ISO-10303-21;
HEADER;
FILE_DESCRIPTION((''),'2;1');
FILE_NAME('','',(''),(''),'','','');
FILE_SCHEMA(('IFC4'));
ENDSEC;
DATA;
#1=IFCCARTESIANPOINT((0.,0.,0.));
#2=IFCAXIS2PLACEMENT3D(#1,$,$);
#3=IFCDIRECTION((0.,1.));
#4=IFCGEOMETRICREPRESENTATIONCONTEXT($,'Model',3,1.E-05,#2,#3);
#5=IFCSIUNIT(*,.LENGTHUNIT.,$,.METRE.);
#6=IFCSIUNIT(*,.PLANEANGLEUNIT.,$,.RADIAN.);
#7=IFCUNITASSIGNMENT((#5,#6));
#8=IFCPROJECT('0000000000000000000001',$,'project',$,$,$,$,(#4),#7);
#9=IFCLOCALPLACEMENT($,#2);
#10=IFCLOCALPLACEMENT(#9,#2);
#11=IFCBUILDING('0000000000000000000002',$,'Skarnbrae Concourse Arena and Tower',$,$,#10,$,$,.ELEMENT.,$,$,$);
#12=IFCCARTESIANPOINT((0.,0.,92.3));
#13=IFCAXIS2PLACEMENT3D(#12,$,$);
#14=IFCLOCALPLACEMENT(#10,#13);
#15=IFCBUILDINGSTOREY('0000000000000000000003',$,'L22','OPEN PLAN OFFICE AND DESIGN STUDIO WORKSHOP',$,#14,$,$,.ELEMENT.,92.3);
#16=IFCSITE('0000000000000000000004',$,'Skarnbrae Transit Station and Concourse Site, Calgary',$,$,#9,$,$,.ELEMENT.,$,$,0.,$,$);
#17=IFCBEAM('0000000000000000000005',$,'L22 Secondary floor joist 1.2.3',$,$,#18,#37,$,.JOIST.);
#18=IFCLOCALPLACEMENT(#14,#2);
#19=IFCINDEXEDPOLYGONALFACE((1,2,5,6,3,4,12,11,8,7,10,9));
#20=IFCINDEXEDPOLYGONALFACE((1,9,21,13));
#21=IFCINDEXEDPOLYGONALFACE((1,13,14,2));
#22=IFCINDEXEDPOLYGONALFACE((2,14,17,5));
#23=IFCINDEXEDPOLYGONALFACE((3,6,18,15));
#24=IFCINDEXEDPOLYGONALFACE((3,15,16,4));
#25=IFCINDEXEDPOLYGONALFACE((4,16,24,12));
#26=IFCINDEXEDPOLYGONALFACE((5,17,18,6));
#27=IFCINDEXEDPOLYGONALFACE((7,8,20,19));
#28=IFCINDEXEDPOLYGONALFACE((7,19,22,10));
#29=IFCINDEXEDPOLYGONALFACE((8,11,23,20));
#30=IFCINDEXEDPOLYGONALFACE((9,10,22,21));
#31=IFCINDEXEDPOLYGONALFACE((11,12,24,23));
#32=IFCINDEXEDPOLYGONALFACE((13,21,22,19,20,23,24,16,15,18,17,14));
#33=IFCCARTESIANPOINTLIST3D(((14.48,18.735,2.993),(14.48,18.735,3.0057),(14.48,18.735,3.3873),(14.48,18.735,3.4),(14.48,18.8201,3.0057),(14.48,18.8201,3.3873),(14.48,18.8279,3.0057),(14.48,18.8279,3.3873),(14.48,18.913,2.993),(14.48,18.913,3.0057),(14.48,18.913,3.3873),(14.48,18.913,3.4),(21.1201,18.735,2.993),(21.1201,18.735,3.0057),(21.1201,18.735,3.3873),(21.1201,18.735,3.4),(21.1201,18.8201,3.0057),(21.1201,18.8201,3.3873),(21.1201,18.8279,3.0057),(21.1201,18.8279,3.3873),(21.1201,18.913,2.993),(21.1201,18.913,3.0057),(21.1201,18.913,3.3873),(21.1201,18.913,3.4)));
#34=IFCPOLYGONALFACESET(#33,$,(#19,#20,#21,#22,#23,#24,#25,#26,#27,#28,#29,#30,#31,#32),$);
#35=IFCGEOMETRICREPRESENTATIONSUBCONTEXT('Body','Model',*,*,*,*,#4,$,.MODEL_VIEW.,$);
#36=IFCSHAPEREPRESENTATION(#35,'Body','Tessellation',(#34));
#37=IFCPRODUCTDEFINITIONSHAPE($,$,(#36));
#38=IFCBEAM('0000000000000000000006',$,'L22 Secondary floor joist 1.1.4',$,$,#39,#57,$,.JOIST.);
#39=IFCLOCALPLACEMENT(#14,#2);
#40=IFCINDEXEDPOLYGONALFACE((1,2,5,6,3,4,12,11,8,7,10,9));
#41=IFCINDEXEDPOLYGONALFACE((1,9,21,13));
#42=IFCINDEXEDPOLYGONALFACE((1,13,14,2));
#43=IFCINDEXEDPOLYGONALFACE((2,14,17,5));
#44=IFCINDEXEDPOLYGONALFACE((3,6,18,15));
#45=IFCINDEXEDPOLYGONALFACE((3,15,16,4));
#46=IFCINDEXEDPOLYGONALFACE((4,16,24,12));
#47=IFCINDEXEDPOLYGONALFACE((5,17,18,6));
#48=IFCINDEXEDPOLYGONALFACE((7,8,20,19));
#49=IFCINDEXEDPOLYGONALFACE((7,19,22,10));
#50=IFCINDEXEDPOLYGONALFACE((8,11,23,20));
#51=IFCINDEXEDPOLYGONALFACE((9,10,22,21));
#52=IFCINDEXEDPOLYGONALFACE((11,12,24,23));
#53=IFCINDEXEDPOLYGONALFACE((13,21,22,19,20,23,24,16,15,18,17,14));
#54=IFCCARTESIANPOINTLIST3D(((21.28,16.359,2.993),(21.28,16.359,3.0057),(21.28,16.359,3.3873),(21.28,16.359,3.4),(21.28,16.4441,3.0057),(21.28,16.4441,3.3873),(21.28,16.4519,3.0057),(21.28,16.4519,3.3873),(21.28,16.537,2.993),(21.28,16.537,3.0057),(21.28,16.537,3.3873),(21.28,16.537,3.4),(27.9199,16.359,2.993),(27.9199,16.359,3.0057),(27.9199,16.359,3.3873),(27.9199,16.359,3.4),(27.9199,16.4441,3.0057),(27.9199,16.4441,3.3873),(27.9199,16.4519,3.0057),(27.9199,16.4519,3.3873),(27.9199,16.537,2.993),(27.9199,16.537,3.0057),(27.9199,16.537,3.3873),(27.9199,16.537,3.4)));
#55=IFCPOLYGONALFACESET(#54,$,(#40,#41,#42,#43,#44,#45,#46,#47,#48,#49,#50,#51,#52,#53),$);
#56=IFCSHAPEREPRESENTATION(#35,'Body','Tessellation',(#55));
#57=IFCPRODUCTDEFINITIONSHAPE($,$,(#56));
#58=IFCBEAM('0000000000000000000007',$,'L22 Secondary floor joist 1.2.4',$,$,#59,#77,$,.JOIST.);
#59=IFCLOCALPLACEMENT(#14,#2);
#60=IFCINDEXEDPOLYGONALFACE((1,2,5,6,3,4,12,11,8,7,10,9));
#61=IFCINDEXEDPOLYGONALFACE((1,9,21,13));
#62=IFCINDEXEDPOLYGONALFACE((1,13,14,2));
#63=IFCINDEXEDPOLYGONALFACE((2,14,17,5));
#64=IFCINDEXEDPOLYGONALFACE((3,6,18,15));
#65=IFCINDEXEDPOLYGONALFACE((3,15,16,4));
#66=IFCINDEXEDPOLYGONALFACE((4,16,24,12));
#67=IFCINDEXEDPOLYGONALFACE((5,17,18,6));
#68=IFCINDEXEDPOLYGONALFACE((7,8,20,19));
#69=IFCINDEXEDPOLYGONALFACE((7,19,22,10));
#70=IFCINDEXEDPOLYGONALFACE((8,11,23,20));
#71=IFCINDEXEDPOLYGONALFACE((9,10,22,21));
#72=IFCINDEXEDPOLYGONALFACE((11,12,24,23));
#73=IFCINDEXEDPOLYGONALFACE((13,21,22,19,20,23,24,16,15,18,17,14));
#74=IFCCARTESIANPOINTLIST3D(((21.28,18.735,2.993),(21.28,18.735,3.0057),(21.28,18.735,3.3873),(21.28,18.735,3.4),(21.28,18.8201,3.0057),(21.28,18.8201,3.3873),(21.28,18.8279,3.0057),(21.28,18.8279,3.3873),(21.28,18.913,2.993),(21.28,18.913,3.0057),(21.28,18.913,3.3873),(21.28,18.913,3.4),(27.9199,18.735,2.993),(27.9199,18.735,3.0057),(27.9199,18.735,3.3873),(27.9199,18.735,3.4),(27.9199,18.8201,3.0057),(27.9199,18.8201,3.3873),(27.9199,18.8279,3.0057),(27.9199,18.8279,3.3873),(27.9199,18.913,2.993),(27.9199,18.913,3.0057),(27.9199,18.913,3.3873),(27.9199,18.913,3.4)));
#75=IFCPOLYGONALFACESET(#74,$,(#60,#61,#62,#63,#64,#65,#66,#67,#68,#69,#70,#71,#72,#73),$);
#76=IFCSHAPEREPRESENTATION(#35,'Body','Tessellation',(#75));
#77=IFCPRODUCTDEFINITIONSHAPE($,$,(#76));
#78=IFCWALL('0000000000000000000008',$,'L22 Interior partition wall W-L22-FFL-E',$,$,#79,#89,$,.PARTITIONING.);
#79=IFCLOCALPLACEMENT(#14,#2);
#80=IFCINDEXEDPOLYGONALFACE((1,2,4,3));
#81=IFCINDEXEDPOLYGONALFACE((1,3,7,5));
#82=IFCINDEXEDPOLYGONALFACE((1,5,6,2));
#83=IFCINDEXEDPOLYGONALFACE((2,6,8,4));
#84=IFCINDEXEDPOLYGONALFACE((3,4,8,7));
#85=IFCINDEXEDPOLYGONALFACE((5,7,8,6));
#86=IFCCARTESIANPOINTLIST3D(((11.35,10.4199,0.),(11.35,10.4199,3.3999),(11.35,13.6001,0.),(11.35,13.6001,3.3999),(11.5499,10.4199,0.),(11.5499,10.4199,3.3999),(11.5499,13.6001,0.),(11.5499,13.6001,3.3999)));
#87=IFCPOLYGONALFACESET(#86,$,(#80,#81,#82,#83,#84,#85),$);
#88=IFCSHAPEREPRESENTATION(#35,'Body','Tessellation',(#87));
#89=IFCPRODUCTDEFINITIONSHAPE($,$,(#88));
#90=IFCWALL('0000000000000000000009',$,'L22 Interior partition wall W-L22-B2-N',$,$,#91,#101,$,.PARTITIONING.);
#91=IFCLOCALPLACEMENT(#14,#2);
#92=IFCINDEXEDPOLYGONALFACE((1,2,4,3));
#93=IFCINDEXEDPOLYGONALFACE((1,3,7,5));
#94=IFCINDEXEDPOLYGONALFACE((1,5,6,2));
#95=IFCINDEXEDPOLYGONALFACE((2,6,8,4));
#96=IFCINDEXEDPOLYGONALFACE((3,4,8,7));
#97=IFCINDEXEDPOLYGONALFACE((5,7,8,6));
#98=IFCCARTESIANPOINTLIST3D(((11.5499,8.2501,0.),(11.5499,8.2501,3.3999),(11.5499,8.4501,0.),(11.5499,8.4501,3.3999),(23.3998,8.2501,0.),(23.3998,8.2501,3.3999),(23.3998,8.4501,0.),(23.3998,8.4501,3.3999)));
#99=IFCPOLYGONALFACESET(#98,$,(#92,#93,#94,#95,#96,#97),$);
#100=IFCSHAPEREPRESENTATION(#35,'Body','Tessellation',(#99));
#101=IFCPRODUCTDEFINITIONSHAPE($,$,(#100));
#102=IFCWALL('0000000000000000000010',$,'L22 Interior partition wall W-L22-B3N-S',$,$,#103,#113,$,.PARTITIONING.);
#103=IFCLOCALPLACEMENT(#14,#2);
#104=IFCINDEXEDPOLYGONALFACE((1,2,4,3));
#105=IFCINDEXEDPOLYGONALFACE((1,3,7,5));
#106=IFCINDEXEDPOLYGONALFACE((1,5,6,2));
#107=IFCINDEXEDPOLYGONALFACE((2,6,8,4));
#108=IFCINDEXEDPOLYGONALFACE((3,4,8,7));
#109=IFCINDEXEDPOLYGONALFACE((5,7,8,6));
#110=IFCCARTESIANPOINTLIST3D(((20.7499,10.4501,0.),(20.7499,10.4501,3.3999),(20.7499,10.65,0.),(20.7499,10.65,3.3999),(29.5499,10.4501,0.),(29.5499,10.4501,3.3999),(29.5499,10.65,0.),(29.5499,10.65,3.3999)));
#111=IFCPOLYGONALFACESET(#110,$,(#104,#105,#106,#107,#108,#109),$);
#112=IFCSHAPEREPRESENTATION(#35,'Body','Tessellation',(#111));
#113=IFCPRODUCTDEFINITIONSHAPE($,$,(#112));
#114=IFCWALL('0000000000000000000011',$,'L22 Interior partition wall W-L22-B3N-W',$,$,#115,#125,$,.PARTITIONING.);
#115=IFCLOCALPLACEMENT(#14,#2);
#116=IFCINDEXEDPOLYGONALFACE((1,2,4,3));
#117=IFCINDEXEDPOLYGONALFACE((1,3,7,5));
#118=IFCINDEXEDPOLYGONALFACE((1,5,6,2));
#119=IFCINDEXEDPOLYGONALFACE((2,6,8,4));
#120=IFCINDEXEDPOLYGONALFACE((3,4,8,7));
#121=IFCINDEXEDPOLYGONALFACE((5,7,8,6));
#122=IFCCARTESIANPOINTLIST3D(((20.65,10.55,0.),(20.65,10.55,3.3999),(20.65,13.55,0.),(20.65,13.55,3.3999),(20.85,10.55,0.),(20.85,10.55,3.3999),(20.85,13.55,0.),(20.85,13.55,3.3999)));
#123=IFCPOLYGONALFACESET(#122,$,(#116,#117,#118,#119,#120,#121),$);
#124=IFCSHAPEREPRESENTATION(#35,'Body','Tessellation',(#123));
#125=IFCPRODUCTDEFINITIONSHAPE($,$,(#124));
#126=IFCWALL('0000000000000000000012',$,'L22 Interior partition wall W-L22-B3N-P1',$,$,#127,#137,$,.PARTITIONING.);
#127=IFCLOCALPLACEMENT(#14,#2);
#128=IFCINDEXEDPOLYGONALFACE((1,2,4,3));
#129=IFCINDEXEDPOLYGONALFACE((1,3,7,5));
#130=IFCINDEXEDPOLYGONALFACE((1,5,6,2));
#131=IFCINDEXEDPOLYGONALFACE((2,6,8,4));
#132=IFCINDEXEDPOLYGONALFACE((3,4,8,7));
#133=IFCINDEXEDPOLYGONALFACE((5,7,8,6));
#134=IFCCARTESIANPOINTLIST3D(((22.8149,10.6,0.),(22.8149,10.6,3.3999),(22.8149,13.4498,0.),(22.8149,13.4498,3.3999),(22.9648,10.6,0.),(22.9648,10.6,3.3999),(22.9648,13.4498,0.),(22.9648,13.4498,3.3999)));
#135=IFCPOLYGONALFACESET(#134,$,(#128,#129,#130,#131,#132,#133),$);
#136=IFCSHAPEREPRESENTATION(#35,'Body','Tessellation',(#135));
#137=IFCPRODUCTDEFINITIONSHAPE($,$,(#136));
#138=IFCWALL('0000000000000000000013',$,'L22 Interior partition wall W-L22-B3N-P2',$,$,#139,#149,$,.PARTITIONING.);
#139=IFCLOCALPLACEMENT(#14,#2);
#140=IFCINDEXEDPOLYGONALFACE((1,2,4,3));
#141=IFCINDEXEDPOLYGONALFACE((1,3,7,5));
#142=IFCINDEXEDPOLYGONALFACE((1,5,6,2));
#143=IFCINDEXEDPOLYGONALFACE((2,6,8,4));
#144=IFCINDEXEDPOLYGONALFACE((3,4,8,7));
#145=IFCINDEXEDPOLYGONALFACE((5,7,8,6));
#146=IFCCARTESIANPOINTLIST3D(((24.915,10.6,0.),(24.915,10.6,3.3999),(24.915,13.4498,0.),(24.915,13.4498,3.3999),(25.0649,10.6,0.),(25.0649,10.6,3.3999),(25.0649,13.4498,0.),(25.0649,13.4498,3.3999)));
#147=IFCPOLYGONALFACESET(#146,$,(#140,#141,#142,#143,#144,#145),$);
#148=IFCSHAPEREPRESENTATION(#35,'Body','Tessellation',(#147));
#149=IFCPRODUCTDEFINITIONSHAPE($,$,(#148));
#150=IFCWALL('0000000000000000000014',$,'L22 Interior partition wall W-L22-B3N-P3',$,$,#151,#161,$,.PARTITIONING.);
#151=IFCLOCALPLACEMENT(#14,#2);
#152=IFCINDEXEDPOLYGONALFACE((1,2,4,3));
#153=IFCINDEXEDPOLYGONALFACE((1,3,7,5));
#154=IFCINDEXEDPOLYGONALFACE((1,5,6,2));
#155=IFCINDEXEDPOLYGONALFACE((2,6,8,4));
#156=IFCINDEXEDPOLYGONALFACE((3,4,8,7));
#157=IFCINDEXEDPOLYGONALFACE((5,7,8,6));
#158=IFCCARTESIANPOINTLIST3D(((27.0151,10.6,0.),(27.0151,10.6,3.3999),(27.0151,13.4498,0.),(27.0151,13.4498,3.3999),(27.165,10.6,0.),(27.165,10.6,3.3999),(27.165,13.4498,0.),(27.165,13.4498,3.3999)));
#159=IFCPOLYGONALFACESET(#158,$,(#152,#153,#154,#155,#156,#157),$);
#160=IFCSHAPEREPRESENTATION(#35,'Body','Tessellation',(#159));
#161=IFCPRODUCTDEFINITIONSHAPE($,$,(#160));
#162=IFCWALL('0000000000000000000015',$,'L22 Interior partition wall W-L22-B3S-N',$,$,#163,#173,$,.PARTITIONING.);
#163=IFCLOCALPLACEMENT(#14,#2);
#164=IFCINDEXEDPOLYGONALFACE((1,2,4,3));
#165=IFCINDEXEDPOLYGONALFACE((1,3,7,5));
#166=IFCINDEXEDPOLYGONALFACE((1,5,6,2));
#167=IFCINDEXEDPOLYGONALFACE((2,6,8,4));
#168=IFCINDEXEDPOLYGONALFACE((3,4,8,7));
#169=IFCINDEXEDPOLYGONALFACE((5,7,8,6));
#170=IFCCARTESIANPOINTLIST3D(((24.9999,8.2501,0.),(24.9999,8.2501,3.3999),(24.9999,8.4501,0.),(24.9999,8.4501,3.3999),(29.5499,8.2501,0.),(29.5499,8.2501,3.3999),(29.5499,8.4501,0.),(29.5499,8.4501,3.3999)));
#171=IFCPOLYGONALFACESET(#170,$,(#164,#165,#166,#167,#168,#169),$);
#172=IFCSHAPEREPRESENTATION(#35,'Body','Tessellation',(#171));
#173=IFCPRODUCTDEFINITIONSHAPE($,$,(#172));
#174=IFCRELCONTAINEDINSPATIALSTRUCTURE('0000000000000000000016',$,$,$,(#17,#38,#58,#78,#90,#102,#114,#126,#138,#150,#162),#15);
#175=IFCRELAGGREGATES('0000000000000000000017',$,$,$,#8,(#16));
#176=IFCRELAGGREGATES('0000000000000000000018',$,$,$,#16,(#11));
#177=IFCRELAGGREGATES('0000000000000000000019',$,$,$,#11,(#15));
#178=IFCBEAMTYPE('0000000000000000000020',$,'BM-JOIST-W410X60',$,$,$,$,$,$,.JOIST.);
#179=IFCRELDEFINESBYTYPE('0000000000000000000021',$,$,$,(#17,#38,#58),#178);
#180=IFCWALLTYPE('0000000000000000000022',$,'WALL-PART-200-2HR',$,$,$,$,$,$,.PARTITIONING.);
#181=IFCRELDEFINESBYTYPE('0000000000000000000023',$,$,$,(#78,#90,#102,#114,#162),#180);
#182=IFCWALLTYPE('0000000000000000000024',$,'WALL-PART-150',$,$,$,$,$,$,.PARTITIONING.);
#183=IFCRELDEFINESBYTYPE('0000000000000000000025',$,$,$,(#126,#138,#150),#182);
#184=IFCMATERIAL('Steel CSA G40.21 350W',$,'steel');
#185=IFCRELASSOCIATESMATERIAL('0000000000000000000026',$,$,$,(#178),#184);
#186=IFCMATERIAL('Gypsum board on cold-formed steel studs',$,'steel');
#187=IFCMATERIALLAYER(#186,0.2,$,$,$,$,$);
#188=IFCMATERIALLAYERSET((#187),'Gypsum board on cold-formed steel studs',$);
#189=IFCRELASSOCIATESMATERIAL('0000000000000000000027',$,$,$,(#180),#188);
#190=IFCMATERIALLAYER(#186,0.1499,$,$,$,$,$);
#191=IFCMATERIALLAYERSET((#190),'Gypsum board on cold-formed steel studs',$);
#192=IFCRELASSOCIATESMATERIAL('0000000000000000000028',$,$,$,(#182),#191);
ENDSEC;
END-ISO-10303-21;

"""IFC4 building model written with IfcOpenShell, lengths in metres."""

from ifc_helpers import new_model, si_unit, direction, frame, frame_2d, origin, origin_2d, place, context, subcontext, project, spatial, rectangle, i_section, extrude, source, transform, mapped, material, layer, layer_set, material_profile, profile_set, type_object, element, save


model = new_model("IFC4")

# Units and contexts
model_context = context("Model", 3, precision=1e-05, world=origin(), true_north=direction((0.0, 1.0)))
body_context = subcontext(model_context, "Body", "Model", "MODEL_VIEW")
ifc_project = project(units=[si_unit("LENGTHUNIT", "METRE"), si_unit("PLANEANGLEUNIT", "RADIAN")], contexts=[model_context])

# Site, building, storey
site_placement = place(None, origin())
site = spatial("IfcSite", under=ifc_project, at=site_placement, Name="Skarnbrae Transit Station and Concourse Site, Calgary", CompositionType="ELEMENT", RefElevation=0.0)
building_placement = place(site_placement, origin())
building = spatial("IfcBuilding", under=site, at=building_placement, Name="Skarnbrae Concourse Arena and Tower", CompositionType="ELEMENT")
storey_placement = place(building_placement, frame((0.0, 0.0, 92.3)))
storey = spatial("IfcBuildingStorey", under=building, at=storey_placement, Name="L22", Description="OPEN PLAN OFFICE AND DESIGN STUDIO WORKSHOP", CompositionType="ELEMENT", Elevation=92.3)

# Shared definitions
ifc_material_1 = material(Name="Steel CSA G40.21 350W", Category="steel")

# Beams
ifc_material_profile_1 = material_profile(ifc_material_1, i_section(OverallWidth=0.178, OverallDepth=0.407, WebThickness=0.0078, FlangeThickness=0.0127, at=origin_2d()), Name="W410X60")
ifc_profile_set_1 = profile_set([ifc_material_profile_1], Name="Steel CSA G40.21 350W")
beam_type_1 = type_object("IfcBeamType", Name="BM-JOIST-W410X60", PredefinedType="JOIST", material=ifc_profile_set_1)
shared_shape_1 = source(origin(), body_context, "Body", "SweptSolid", [
    extrude(i_section(OverallWidth=0.178, OverallDepth=0.407, WebThickness=0.0078, FlangeThickness=0.0127, at=origin_2d()), origin(), (0.0, 0.0, 1.0), 6.6401),
])
for number, where, z_axis, x_axis, name in (
    (1, (14.48, 18.824, 3.1965), (1.0, 0.0, 0.0), (0.0, 1.0, 0.0), "L22 Secondary floor joist 1.2.3"),
):
    element("IfcBeam", number, at=place(storey_placement, frame(where, z_axis=z_axis, x_axis=x_axis)), inside=storey, type_object=beam_type_1, Name=name, PredefinedType="JOIST", context=body_context, shape_type="MappedRepresentation", body=[
        mapped(shared_shape_1, transform((0.0, 0.0, 0.0))),
    ])
shared_shape_2 = source(origin(), body_context, "Body", "SweptSolid", [
    extrude(i_section(OverallWidth=0.178, OverallDepth=0.407, WebThickness=0.0078, FlangeThickness=0.0127, at=origin_2d()), origin(), (0.0, 0.0, 1.0), 6.6399),
])
for number, where, z_axis, x_axis, name in (
    (2, (21.28, 16.448, 3.1965), (1.0, 0.0, 0.0), (0.0, 1.0, 0.0), "L22 Secondary floor joist 1.1.4"),
    (3, (21.28, 18.824, 3.1965), (1.0, 0.0, 0.0), (0.0, 1.0, 0.0), "L22 Secondary floor joist 1.2.4"),
):
    element("IfcBeam", number, at=place(storey_placement, frame(where, z_axis=z_axis, x_axis=x_axis)), inside=storey, type_object=beam_type_1, Name=name, PredefinedType="JOIST", context=body_context, shape_type="MappedRepresentation", body=[
        mapped(shared_shape_2, transform((0.0, 0.0, 0.0))),
    ])

# Wall
ifc_material_2 = material(Name="Gypsum board on cold-formed steel studs", Category="steel")
ifc_layer_1 = layer(ifc_material_2, 0.2)
ifc_layer_set_1 = layer_set([ifc_layer_1], Name="Gypsum board on cold-formed steel studs")
wall_type_1 = type_object("IfcWallType", Name="WALL-PART-200-2HR", PredefinedType="PARTITIONING", material=ifc_layer_set_1)
shared_shape_3 = source(origin(), body_context, "Body", "SweptSolid", [
    extrude(rectangle(XDim=3.1802, YDim=0.2, at=frame_2d((1.5901, 0.0))), origin(), (0.0, 0.0, 1.0), 3.3999),
])
wall_1_placement = place(storey_placement, frame((11.45, 10.4199, 0.0), z_axis=(0.0, 0.0, 1.0), x_axis=(0.0, 1.0, 0.0)))
element("IfcWall", 4, at=wall_1_placement, inside=storey, type_object=wall_type_1, Name="L22 Interior partition wall W-L22-FFL-E", PredefinedType="PARTITIONING", context=body_context, shape_type="MappedRepresentation", body=[
    mapped(shared_shape_3, transform((0.0, 0.0, 0.0))),
])

# Walls
shared_shape_4 = source(origin(), body_context, "Body", "SweptSolid", [
    extrude(rectangle(XDim=11.8499, YDim=0.2, at=frame_2d((5.9248, 0.0))), origin(), (0.0, 0.0, 1.0), 3.3999),
])
wall_2_placement = place(storey_placement, frame((11.55, 8.3501, 0.0), z_axis=(0.0, 0.0, 1.0), x_axis=(1.0, 0.0, 0.0)))
element("IfcWall", 5, at=wall_2_placement, inside=storey, type_object=wall_type_1, Name="L22 Interior partition wall W-L22-B2-N", PredefinedType="PARTITIONING", context=body_context, shape_type="MappedRepresentation", body=[
    mapped(shared_shape_4, transform((0.0, 0.0, 0.0))),
])
shared_shape_5 = source(origin(), body_context, "Body", "SweptSolid", [
    extrude(rectangle(XDim=8.8, YDim=0.2, at=frame_2d((4.3999, 0.0))), origin(), (0.0, 0.0, 1.0), 3.3999),
])
wall_3_placement = place(storey_placement, frame((20.75, 10.55, 0.0), z_axis=(0.0, 0.0, 1.0), x_axis=(1.0, 0.0, 0.0)))
element("IfcWall", 6, at=wall_3_placement, inside=storey, type_object=wall_type_1, Name="L22 Interior partition wall W-L22-B3N-S", PredefinedType="PARTITIONING", context=body_context, shape_type="MappedRepresentation", body=[
    mapped(shared_shape_5, transform((0.0, 0.0, 0.0))),
])
shared_shape_6 = source(origin(), body_context, "Body", "SweptSolid", [
    extrude(rectangle(XDim=3.0, YDim=0.2, at=frame_2d((1.5, 0.0))), origin(), (0.0, 0.0, 1.0), 3.3999),
])
wall_4_placement = place(storey_placement, frame((20.75, 10.55, 0.0), z_axis=(0.0, 0.0, 1.0), x_axis=(0.0, 1.0, 0.0)))
element("IfcWall", 7, at=wall_4_placement, inside=storey, type_object=wall_type_1, Name="L22 Interior partition wall W-L22-B3N-W", PredefinedType="PARTITIONING", context=body_context, shape_type="MappedRepresentation", body=[
    mapped(shared_shape_6, transform((0.0, 0.0, 0.0))),
])
ifc_layer_2 = layer(ifc_material_2, 0.1499)
ifc_layer_set_2 = layer_set([ifc_layer_2], Name="Gypsum board on cold-formed steel studs")
wall_type_2 = type_object("IfcWallType", Name="WALL-PART-150", PredefinedType="PARTITIONING", material=ifc_layer_set_2)
shared_shape_7 = source(origin(), body_context, "Body", "SweptSolid", [
    extrude(rectangle(XDim=2.8499, YDim=0.1499, at=frame_2d((1.4248, 0.0))), origin(), (0.0, 0.0, 1.0), 3.3999),
])
for number, where, z_axis, x_axis, name in (
    (8, (22.8899, 10.6001, 0.0), (0.0, 0.0, 1.0), (0.0, 1.0, 0.0), "L22 Interior partition wall W-L22-B3N-P1"),
    (9, (24.99, 10.6001, 0.0), (0.0, 0.0, 1.0), (0.0, 1.0, 0.0), "L22 Interior partition wall W-L22-B3N-P2"),
    (10, (27.0901, 10.6001, 0.0), (0.0, 0.0, 1.0), (0.0, 1.0, 0.0), "L22 Interior partition wall W-L22-B3N-P3"),
):
    element("IfcWall", number, at=place(storey_placement, frame(where, z_axis=z_axis, x_axis=x_axis)), inside=storey, type_object=wall_type_2, Name=name, PredefinedType="PARTITIONING", context=body_context, shape_type="MappedRepresentation", body=[
        mapped(shared_shape_7, transform((0.0, 0.0, 0.0))),
    ])
shared_shape_8 = source(origin(), body_context, "Body", "SweptSolid", [
    extrude(rectangle(XDim=4.55, YDim=0.2, at=frame_2d((2.2749, 0.0))), origin(), (0.0, 0.0, 1.0), 3.3999),
])
wall_5_placement = place(storey_placement, frame((25.0, 8.3501, 0.0), z_axis=(0.0, 0.0, 1.0), x_axis=(1.0, 0.0, 0.0)))
element("IfcWall", 11, at=wall_5_placement, inside=storey, type_object=wall_type_1, Name="L22 Interior partition wall W-L22-B3S-N", PredefinedType="PARTITIONING", context=body_context, shape_type="MappedRepresentation", body=[
    mapped(shared_shape_8, transform((0.0, 0.0, 0.0))),
])

save(model, "model.ifc")
